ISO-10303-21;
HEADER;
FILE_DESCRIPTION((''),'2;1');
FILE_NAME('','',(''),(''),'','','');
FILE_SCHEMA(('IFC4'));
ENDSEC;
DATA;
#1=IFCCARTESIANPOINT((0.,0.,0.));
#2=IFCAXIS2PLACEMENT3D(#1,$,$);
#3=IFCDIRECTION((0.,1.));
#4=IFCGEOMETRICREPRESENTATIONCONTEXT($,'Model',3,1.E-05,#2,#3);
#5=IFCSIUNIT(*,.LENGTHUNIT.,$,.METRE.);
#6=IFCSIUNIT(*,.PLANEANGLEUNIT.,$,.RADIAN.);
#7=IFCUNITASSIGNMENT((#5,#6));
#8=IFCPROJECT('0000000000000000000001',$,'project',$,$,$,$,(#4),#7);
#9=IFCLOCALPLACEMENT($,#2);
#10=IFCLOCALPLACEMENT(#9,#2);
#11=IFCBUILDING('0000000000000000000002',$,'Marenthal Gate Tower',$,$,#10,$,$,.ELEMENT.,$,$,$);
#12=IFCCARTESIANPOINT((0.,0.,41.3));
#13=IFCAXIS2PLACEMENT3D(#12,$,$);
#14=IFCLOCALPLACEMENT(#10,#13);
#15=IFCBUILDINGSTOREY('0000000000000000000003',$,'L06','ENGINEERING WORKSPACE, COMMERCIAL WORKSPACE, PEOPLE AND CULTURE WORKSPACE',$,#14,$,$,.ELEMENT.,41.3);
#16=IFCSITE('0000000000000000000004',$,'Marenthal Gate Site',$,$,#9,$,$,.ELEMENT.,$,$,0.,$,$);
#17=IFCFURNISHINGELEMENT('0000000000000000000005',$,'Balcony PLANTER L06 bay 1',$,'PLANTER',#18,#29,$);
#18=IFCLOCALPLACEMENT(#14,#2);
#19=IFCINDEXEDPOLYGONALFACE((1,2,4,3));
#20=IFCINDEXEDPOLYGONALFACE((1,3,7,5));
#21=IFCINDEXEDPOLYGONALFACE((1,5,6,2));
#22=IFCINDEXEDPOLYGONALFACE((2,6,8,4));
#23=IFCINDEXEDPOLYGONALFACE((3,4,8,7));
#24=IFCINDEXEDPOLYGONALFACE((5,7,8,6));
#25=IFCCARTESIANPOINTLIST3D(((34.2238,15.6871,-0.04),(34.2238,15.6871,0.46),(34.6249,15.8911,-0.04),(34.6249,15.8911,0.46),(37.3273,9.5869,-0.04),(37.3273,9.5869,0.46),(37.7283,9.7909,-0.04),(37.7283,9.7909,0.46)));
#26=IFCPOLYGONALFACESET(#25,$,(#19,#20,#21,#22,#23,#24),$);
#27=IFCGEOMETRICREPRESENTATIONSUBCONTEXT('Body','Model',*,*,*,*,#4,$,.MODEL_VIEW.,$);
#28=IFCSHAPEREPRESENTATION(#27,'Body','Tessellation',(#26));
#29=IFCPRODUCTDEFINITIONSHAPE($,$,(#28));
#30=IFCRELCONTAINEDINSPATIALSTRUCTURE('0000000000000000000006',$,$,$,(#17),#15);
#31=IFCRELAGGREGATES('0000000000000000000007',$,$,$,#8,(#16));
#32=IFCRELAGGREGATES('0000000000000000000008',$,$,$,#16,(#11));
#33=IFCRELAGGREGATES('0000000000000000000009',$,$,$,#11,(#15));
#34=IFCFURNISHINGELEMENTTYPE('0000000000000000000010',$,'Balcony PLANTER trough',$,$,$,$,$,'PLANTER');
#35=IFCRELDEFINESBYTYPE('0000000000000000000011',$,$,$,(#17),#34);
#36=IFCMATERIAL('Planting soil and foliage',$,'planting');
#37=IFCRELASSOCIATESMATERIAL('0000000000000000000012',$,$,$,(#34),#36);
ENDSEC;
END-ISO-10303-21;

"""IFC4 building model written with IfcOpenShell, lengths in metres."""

from ifc_helpers import new_model, si_unit, direction, frame, origin, origin_2d, place, context, subcontext, project, spatial, rectangle, extrude, material, type_object, element, save


model = new_model("IFC4")

# Units and contexts
model_context = context("Model", 3, precision=1e-05, world=origin(), true_north=direction((0.0, 1.0)))
body_context = subcontext(model_context, "Body", "Model", "MODEL_VIEW")
ifc_project = project(units=[si_unit("LENGTHUNIT", "METRE"), si_unit("PLANEANGLEUNIT", "RADIAN")], contexts=[model_context])

# Site, building, storey
site_placement = place(None, origin())
site = spatial("IfcSite", under=ifc_project, at=site_placement, Name="Marenthal Gate Site", CompositionType="ELEMENT", RefElevation=0.0)
building_placement = place(site_placement, origin())
building = spatial("IfcBuilding", under=site, at=building_placement, Name="Marenthal Gate Tower", CompositionType="ELEMENT")
storey_placement = place(building_placement, frame((0.0, 0.0, 41.3)))
storey = spatial("IfcBuildingStorey", under=building, at=storey_placement, Name="L06", Description="ENGINEERING WORKSPACE, COMMERCIAL WORKSPACE, PEOPLE AND CULTURE WORKSPACE", CompositionType="ELEMENT", Elevation=41.3)

# Furnishing element
ifc_material_1 = material(Name="Planting soil and foliage", Category="planting")
furnishing_element_type = type_object("IfcFurnishingElementType", Name="Balcony PLANTER trough", ElementType="PLANTER", material=ifc_material_1)
furnishing_placement = place(storey_placement, frame((35.9761, 12.739, -0.04), z_axis=(0.0, 0.0, 1.0), x_axis=(-0.453437, 0.891288, 0.0)))
element("IfcFurnishingElement", 1, at=furnishing_placement, inside=storey, type_object=furnishing_element_type, Name="Balcony PLANTER L06 bay 1", ObjectType="PLANTER", context=body_context, shape_type="SweptSolid", body=[
    extrude(rectangle(XDim=6.8442, YDim=0.45, at=origin_2d()), origin(), (0.0, 0.0, 1.0), 0.5),
])

save(model, "model.ifc")
